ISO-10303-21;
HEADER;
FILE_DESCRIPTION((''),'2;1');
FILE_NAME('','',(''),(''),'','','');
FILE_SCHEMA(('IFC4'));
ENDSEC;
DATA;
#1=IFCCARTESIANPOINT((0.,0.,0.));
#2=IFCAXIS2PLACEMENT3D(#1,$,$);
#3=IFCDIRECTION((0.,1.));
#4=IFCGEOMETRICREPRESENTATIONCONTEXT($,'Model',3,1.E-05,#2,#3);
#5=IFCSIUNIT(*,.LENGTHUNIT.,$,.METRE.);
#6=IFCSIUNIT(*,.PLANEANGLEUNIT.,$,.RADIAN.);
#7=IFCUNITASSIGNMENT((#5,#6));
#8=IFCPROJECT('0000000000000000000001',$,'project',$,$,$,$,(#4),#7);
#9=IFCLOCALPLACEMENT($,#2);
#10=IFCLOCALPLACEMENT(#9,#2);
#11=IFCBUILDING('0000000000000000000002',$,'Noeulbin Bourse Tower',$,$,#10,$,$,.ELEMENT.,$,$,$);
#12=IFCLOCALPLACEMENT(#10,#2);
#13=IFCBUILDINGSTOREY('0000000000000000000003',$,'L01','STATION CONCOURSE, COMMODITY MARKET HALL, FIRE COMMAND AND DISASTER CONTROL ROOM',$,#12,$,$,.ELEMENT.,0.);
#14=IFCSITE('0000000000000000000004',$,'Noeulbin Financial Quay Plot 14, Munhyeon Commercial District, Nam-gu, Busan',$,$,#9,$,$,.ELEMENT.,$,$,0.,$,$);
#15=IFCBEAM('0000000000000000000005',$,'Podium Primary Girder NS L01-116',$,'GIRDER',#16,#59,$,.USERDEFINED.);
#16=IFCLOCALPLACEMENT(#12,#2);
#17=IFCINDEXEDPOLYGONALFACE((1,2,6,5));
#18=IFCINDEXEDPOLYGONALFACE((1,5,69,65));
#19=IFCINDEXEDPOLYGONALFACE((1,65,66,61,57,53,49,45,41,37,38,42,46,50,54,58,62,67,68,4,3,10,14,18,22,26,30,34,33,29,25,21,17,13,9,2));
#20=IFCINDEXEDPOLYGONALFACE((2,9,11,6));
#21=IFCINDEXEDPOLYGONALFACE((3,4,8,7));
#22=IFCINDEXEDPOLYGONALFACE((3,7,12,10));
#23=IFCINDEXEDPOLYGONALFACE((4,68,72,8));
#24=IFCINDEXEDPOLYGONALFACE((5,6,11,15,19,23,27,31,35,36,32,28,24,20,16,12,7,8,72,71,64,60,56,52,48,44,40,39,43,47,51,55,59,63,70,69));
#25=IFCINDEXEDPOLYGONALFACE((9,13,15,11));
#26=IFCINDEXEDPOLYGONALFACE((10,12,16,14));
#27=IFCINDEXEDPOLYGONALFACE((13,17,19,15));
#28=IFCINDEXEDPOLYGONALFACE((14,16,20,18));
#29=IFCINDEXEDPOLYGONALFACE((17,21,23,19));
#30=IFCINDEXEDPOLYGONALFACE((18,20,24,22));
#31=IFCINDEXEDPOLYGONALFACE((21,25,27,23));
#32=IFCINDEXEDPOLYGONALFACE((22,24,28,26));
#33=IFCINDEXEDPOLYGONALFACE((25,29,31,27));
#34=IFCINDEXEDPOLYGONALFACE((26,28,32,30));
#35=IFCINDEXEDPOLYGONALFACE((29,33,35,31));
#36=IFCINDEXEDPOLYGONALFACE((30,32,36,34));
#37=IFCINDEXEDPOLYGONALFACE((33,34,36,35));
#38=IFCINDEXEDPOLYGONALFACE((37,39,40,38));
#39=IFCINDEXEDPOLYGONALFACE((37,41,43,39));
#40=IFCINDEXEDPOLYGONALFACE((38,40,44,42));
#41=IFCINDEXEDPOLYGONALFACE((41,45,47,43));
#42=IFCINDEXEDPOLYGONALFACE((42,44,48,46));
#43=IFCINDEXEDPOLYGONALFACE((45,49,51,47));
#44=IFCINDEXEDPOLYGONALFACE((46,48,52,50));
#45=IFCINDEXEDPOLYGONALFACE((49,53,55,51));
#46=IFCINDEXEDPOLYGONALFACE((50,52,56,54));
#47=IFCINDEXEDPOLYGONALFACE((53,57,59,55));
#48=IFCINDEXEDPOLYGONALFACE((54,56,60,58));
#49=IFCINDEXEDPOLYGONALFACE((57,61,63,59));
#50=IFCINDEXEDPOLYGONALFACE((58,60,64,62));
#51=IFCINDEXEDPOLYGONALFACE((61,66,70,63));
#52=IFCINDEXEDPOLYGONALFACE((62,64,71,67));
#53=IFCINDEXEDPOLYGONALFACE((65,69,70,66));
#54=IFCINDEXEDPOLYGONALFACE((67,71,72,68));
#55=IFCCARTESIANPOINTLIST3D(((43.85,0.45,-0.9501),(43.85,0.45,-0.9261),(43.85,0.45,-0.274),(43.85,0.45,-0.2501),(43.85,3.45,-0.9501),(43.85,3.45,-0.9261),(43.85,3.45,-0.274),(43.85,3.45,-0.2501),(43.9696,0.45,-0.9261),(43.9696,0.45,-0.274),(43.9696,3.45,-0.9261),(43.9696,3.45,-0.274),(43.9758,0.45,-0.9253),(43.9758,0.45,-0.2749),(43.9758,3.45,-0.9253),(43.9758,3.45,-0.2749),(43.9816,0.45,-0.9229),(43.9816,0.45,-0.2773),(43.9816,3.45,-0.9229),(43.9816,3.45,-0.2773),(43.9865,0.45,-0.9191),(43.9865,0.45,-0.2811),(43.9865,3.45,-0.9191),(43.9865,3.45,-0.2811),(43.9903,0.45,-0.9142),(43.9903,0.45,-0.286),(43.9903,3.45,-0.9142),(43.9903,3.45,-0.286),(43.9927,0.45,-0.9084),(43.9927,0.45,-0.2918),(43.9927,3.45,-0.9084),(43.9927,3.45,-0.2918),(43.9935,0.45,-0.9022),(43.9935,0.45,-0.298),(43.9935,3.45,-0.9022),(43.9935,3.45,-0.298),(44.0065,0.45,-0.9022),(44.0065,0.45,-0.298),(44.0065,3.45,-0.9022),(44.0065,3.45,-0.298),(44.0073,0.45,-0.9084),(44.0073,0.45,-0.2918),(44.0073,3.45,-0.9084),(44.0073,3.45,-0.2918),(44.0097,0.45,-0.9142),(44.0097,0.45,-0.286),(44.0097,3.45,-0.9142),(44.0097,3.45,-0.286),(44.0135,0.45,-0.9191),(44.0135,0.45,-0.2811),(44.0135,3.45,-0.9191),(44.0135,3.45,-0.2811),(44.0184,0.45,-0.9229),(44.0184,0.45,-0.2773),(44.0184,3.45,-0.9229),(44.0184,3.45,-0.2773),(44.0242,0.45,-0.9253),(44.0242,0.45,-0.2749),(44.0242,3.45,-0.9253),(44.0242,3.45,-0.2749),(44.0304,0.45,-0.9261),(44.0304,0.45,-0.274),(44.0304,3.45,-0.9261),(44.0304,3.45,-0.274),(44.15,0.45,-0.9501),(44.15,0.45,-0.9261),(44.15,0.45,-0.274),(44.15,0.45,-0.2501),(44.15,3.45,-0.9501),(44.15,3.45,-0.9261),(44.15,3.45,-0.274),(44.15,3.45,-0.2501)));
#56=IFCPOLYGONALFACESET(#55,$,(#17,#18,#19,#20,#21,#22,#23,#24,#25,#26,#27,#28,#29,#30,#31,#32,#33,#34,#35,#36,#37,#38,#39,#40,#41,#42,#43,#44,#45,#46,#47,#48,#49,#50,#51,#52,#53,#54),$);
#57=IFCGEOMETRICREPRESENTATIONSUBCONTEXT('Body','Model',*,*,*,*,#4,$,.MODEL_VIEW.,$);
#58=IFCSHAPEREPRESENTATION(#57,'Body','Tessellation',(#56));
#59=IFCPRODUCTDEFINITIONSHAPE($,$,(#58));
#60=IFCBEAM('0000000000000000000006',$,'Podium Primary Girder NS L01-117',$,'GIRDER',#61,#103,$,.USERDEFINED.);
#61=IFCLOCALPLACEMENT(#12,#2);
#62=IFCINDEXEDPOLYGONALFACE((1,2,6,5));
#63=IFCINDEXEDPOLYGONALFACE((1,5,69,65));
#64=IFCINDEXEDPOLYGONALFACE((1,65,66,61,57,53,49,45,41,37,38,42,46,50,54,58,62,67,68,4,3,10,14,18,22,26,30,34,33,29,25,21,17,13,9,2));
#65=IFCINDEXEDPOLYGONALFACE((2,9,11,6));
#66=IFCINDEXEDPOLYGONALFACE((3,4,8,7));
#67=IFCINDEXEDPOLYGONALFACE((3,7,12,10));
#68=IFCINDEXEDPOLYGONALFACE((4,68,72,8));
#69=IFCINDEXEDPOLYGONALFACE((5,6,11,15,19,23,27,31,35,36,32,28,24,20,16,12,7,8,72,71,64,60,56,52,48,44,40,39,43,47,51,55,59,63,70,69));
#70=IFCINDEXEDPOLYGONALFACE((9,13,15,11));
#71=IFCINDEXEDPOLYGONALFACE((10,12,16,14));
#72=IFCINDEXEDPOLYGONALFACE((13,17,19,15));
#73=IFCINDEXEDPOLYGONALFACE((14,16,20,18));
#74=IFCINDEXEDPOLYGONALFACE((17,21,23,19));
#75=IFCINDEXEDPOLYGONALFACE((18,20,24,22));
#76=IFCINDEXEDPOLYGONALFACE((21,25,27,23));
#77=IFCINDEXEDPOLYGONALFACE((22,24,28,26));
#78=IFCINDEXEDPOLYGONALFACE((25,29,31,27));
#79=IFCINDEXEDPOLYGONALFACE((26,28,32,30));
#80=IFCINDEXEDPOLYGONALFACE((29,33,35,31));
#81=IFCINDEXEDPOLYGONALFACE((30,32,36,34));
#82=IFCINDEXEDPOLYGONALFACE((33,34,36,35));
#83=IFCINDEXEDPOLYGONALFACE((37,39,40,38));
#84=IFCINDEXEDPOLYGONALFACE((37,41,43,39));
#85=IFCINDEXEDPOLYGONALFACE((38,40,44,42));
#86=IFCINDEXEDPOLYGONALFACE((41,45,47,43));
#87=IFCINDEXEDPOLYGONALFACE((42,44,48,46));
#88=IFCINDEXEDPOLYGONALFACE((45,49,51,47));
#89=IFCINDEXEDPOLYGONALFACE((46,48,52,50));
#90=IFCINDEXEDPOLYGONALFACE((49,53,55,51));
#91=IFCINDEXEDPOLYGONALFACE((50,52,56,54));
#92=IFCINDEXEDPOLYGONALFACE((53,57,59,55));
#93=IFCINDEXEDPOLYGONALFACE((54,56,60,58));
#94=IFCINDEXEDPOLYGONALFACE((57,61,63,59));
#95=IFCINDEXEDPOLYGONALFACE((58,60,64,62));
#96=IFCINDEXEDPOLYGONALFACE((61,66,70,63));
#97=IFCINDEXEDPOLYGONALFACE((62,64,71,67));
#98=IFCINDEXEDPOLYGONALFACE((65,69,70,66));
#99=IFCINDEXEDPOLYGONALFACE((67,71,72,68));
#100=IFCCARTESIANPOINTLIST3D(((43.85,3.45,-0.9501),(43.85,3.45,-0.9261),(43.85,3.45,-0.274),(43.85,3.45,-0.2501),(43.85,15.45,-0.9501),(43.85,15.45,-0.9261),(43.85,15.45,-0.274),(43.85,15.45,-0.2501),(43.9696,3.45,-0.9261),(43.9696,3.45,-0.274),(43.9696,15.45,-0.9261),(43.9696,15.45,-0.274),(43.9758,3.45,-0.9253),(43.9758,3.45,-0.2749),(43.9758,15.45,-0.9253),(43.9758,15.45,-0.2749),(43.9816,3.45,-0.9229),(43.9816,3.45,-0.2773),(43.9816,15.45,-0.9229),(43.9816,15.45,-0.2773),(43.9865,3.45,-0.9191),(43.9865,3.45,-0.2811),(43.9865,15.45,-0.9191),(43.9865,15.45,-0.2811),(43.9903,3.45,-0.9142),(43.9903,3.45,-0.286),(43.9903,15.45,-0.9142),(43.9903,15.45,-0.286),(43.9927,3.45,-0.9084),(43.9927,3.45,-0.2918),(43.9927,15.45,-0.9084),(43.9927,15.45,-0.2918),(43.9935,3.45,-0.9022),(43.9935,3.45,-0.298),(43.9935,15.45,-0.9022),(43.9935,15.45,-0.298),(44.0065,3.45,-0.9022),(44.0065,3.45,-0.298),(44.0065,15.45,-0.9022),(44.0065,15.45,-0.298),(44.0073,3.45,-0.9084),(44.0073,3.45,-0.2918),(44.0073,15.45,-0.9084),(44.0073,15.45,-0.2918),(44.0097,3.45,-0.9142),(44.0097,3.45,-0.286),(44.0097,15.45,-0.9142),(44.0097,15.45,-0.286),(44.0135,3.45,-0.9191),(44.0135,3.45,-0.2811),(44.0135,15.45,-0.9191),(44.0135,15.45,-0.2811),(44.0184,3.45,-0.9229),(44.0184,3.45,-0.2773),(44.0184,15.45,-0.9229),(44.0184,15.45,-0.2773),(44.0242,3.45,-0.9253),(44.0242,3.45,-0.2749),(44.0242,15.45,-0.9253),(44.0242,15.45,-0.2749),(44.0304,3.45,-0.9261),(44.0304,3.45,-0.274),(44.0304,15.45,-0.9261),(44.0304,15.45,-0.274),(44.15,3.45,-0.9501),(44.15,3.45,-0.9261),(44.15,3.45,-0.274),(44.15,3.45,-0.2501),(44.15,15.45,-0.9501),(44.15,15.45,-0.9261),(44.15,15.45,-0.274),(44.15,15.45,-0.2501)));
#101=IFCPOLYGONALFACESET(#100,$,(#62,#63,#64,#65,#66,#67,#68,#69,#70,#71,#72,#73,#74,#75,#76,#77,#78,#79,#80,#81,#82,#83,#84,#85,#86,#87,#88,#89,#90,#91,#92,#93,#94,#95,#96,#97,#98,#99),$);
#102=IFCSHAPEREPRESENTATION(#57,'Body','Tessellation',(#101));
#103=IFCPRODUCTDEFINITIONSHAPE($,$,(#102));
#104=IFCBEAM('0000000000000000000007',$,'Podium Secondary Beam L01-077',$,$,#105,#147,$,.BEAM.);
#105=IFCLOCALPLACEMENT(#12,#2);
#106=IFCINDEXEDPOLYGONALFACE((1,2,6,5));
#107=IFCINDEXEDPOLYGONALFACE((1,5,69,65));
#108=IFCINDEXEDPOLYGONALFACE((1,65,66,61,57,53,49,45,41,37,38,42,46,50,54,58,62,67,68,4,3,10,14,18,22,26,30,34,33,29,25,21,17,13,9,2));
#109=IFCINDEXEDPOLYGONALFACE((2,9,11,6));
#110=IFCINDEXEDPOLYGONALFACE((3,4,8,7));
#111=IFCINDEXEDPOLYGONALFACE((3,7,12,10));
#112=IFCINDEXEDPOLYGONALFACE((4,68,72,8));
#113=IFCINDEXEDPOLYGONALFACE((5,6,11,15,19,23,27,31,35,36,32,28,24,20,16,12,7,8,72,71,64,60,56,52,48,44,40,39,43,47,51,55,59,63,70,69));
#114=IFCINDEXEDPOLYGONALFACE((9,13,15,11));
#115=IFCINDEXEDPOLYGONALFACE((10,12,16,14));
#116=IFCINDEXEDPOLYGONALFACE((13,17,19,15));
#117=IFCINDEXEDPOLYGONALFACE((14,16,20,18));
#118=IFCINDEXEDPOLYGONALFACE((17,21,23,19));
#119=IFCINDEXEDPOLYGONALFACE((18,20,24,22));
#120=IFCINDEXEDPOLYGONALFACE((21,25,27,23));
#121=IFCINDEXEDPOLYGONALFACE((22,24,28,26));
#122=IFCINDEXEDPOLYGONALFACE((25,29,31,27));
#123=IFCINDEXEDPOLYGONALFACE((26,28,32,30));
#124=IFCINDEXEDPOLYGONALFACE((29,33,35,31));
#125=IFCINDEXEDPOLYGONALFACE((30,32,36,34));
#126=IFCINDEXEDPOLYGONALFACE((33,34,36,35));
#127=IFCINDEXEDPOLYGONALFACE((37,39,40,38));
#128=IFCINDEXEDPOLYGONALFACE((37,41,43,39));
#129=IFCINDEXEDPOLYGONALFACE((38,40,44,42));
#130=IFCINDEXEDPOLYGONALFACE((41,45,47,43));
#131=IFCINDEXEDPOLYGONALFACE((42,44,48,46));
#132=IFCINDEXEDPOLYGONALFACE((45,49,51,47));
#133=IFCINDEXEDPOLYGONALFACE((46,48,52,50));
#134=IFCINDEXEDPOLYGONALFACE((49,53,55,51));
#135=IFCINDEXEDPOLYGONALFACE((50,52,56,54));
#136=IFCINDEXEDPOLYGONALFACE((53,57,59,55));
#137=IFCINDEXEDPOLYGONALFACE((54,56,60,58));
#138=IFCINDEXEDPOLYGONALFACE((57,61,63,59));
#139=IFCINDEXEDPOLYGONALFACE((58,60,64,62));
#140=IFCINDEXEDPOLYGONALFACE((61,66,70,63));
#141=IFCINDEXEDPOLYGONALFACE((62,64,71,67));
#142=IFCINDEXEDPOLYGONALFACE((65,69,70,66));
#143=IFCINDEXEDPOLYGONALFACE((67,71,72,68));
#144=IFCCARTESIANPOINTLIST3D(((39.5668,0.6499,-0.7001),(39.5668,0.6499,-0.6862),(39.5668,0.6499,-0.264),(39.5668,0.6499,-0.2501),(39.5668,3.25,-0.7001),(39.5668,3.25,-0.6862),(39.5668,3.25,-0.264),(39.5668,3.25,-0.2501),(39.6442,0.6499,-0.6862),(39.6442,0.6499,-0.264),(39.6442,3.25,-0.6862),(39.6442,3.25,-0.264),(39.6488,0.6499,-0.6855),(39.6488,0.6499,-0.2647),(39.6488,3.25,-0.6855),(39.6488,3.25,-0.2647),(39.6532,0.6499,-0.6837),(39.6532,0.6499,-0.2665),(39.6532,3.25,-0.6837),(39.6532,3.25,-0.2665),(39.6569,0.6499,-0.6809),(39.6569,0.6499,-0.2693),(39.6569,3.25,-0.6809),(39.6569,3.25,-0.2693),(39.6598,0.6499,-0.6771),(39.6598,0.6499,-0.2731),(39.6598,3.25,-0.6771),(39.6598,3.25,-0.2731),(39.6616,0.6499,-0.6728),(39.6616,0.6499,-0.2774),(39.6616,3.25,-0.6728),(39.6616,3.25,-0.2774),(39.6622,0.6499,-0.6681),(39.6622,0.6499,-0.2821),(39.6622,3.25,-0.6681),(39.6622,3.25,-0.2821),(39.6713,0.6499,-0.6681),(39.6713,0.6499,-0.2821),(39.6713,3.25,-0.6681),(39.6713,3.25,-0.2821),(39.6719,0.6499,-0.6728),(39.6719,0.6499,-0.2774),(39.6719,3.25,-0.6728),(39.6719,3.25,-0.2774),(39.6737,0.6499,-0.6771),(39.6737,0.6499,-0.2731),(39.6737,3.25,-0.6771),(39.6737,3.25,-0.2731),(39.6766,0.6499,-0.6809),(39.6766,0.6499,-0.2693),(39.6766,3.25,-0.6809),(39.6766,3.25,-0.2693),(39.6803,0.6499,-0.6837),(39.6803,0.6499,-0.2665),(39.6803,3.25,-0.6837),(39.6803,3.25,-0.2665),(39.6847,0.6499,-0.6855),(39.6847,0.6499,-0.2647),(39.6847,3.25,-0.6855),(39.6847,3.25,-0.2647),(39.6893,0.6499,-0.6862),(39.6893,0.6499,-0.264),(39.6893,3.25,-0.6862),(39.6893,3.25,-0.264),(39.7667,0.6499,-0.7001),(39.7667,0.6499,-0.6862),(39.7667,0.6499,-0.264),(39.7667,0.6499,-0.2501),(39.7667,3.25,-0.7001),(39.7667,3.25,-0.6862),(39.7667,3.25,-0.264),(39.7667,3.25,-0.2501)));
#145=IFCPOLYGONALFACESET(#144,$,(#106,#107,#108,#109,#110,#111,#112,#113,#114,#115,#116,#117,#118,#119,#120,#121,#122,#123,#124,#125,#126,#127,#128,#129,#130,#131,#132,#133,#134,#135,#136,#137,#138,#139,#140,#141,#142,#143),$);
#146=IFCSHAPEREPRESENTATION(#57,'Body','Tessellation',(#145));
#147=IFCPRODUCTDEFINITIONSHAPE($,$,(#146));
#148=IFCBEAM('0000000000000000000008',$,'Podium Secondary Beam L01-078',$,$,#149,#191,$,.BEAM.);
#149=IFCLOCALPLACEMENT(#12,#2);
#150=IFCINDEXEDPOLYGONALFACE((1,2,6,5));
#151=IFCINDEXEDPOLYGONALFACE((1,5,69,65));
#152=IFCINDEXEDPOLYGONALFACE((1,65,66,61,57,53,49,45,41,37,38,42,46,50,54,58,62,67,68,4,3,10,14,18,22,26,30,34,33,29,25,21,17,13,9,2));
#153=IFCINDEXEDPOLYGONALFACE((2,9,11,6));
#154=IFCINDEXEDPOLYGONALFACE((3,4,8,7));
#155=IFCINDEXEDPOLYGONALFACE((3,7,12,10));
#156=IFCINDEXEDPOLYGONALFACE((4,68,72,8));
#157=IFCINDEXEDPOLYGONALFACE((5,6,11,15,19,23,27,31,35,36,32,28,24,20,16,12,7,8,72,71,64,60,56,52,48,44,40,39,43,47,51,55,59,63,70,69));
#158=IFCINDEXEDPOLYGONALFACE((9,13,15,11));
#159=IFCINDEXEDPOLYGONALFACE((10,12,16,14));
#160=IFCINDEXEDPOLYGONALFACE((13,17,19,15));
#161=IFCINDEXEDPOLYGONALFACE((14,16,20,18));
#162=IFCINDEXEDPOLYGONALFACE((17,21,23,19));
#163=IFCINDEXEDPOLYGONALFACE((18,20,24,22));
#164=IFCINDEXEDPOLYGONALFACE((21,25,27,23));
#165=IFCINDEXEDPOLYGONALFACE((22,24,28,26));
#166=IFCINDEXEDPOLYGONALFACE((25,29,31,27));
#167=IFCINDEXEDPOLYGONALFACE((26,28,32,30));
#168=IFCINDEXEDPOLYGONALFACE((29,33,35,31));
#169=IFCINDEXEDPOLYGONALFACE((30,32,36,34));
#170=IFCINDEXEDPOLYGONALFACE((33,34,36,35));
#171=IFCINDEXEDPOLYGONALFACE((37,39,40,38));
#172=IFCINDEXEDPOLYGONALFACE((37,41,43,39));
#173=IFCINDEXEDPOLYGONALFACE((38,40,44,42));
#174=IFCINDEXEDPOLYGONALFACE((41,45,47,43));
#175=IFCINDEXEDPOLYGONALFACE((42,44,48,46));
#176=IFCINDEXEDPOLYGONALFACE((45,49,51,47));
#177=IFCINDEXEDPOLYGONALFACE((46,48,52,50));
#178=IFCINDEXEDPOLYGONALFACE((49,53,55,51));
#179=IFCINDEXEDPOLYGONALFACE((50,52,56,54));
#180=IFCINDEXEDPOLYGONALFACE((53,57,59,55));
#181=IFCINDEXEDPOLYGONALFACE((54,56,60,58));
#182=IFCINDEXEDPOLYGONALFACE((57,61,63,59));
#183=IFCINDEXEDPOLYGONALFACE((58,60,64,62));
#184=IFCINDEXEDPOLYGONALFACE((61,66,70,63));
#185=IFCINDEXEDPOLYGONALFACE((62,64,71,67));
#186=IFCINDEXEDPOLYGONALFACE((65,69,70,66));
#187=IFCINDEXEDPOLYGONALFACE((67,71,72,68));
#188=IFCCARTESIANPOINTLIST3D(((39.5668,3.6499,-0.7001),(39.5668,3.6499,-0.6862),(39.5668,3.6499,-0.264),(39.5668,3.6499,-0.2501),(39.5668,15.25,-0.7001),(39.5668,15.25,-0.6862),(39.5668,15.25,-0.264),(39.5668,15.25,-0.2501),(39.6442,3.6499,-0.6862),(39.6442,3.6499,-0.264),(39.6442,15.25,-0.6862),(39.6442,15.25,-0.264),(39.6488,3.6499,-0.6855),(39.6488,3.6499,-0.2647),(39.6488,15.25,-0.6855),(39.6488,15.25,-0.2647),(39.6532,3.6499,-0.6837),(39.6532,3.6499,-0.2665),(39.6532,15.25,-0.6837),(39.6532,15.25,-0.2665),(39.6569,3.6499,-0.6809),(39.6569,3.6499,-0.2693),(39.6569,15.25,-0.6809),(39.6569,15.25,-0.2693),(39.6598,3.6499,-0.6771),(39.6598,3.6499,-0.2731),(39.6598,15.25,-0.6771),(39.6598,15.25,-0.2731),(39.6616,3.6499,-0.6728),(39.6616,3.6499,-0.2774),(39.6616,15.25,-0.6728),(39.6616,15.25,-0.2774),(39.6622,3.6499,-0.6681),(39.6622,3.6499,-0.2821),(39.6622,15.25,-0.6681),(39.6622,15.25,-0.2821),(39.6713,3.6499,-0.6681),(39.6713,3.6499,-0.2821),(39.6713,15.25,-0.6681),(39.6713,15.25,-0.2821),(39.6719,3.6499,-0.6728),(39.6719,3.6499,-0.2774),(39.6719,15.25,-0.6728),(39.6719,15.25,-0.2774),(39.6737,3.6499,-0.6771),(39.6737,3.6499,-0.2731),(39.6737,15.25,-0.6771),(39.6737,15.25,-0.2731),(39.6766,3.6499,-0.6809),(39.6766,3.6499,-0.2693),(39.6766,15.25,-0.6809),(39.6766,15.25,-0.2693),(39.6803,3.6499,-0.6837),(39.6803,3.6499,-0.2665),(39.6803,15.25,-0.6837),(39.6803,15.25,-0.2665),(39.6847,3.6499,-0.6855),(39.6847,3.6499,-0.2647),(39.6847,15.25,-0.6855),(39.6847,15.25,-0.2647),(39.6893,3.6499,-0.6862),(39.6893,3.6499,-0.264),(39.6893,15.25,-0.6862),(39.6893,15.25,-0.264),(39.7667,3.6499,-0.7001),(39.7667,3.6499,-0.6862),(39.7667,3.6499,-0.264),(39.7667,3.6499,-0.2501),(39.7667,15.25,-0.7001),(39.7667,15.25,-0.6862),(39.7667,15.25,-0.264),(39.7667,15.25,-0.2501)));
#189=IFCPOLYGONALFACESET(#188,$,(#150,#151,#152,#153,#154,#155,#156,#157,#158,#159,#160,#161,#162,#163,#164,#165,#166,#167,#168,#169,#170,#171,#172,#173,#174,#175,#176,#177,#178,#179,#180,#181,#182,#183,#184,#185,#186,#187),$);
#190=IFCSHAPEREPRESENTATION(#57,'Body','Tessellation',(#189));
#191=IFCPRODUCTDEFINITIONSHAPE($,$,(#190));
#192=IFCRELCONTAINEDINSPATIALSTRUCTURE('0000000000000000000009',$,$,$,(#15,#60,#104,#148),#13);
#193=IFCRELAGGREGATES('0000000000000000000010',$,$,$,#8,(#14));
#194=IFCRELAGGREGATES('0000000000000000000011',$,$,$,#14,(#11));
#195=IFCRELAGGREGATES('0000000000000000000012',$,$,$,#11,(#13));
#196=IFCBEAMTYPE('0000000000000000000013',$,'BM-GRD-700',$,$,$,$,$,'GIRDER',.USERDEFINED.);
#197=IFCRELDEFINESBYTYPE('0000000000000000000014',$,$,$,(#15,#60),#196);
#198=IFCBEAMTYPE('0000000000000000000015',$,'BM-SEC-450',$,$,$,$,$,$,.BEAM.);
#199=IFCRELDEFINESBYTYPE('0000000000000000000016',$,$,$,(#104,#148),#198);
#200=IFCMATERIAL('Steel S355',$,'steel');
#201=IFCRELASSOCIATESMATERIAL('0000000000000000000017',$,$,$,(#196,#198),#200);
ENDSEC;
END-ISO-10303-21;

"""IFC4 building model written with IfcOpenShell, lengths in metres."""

from ifc_helpers import new_model, si_unit, direction, frame, origin, origin_2d, place, context, subcontext, project, spatial, i_section, extrude, material, material_profile, profile_set, type_object, element, save


model = new_model("IFC4")

# Units and contexts
model_context = context("Model", 3, precision=1e-05, world=origin(), true_north=direction((0.0, 1.0)))
body_context = subcontext(model_context, "Body", "Model", "MODEL_VIEW")
ifc_project = project(units=[si_unit("LENGTHUNIT", "METRE"), si_unit("PLANEANGLEUNIT", "RADIAN")], contexts=[model_context])

# Site, building, storey
site_placement = place(None, origin())
site = spatial("IfcSite", under=ifc_project, at=site_placement, Name="Noeulbin Financial Quay Plot 14, Munhyeon Commercial District, Nam-gu, Busan", CompositionType="ELEMENT", RefElevation=0.0)
building_placement = place(site_placement, origin())
building = spatial("IfcBuilding", under=site, at=building_placement, Name="Noeulbin Bourse Tower", CompositionType="ELEMENT")
storey_placement = place(building_placement, origin())
storey = spatial("IfcBuildingStorey", under=building, at=storey_placement, Name="L01", Description="STATION CONCOURSE, COMMODITY MARKET HALL, FIRE COMMAND AND DISASTER CONTROL ROOM", CompositionType="ELEMENT", Elevation=0.0)

# Shared definitions
ifc_material_1 = material(Name="Steel S355", Category="steel")

# Beams
ifc_material_profile_1 = material_profile(ifc_material_1, i_section(OverallWidth=0.3, OverallDepth=0.7, WebThickness=0.0129, FlangeThickness=0.0239, FilletRadius=0.0239, at=origin_2d()), Name="H-700x300x13x24", Category="LoadBearing")
ifc_profile_set_1 = profile_set([ifc_material_profile_1], Name="Steel S355")
beam_type_1 = type_object("IfcBeamType", Name="BM-GRD-700", ElementType="GIRDER", PredefinedType="USERDEFINED", material=ifc_profile_set_1)
beam_1_placement = place(storey_placement, frame((44.0, 0.45, -0.6001), z_axis=(0.0, 1.0, 0.0), x_axis=(-1.0, 0.0, 0.0)))
element("IfcBeam", 1, at=beam_1_placement, inside=storey, type_object=beam_type_1, Name="Podium Primary Girder NS L01-116", ObjectType="GIRDER", PredefinedType="USERDEFINED", context=body_context, shape_type="SweptSolid", body=[
    extrude(i_section(OverallWidth=0.3, OverallDepth=0.7, WebThickness=0.0129, FlangeThickness=0.0239, FilletRadius=0.0239, at=origin_2d()), origin(), (0.0, 0.0, 1.0), 3.0),
])
beam_2_placement = place(storey_placement, frame((44.0, 3.45, -0.6001), z_axis=(0.0, 1.0, 0.0), x_axis=(-1.0, 0.0, 0.0)))
element("IfcBeam", 2, at=beam_2_placement, inside=storey, type_object=beam_type_1, Name="Podium Primary Girder NS L01-117", ObjectType="GIRDER", PredefinedType="USERDEFINED", context=body_context, shape_type="SweptSolid", body=[
    extrude(i_section(OverallWidth=0.3, OverallDepth=0.7, WebThickness=0.0129, FlangeThickness=0.0239, FilletRadius=0.0239, at=origin_2d()), origin(), (0.0, 0.0, 1.0), 12.0),
])
ifc_material_profile_2 = material_profile(ifc_material_1, i_section(OverallWidth=0.2, OverallDepth=0.45, WebThickness=0.009, FlangeThickness=0.0139, FilletRadius=0.0181, at=origin_2d()), Name="H-450x200x9x14", Category="LoadBearing")
ifc_profile_set_2 = profile_set([ifc_material_profile_2], Name="Steel S355")
beam_type_2 = type_object("IfcBeamType", Name="BM-SEC-450", PredefinedType="BEAM", material=ifc_profile_set_2)
beam_3_placement = place(storey_placement, frame((39.6667, 0.6499, -0.4751), z_axis=(0.0, 1.0, 0.0), x_axis=(-1.0, 0.0, 0.0)))
element("IfcBeam", 3, at=beam_3_placement, inside=storey, type_object=beam_type_2, Name="Podium Secondary Beam L01-077", PredefinedType="BEAM", context=body_context, shape_type="SweptSolid", body=[
    extrude(i_section(OverallWidth=0.2, OverallDepth=0.45, WebThickness=0.009, FlangeThickness=0.0139, FilletRadius=0.0181, at=origin_2d()), origin(), (0.0, 0.0, 1.0), 2.6001),
])
beam_4_placement = place(storey_placement, frame((39.6667, 3.6499, -0.4751), z_axis=(0.0, 1.0, 0.0), x_axis=(-1.0, 0.0, 0.0)))
element("IfcBeam", 4, at=beam_4_placement, inside=storey, type_object=beam_type_2, Name="Podium Secondary Beam L01-078", PredefinedType="BEAM", context=body_context, shape_type="SweptSolid", body=[
    extrude(i_section(OverallWidth=0.2, OverallDepth=0.45, WebThickness=0.009, FlangeThickness=0.0139, FilletRadius=0.0181, at=origin_2d()), origin(), (0.0, 0.0, 1.0), 11.6001),
])

save(model, "model.ifc")
